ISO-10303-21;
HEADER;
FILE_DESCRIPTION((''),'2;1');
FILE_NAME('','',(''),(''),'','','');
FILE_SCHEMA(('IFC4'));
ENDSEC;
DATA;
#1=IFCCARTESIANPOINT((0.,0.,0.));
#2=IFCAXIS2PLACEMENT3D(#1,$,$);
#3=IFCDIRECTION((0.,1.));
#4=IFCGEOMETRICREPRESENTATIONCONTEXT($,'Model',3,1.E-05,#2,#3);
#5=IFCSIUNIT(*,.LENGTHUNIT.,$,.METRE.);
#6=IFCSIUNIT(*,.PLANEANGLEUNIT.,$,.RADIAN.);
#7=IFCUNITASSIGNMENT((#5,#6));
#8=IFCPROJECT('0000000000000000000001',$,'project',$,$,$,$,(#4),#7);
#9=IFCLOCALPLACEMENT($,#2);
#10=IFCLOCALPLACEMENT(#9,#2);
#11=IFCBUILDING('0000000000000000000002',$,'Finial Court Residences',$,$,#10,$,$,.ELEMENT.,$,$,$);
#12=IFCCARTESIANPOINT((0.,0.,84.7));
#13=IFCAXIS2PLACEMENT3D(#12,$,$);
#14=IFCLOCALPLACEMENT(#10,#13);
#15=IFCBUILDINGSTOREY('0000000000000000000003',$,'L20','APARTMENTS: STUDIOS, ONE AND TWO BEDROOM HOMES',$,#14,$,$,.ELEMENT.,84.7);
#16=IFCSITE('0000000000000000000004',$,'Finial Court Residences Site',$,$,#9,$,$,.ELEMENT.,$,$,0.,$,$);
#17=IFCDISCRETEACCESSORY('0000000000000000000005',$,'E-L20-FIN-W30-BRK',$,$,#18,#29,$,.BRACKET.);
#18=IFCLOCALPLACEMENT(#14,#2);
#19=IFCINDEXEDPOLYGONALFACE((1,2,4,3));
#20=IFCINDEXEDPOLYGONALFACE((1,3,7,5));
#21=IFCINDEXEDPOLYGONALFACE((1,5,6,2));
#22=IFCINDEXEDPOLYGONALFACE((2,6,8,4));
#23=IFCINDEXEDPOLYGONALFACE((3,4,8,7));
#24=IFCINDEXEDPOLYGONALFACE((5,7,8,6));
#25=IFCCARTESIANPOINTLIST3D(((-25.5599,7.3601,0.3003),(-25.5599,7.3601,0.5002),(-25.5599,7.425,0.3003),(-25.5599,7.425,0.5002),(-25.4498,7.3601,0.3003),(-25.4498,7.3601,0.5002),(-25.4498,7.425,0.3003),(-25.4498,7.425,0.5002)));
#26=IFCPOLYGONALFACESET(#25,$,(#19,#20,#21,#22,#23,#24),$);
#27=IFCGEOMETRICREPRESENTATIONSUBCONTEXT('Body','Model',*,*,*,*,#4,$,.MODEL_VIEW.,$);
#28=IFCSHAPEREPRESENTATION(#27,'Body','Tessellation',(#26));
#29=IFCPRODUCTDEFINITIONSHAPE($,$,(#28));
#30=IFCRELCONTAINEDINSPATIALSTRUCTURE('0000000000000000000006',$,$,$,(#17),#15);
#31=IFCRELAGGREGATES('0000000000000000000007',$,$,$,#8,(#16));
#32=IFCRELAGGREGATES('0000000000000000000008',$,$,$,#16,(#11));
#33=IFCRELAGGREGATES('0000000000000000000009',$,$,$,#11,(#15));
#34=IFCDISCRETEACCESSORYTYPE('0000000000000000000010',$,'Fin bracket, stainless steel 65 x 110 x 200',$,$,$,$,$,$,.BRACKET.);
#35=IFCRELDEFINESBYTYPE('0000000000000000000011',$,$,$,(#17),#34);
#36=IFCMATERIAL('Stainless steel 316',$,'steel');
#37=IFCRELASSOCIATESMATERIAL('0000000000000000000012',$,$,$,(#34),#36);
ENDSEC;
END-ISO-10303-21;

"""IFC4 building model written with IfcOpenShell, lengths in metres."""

from ifc_helpers import new_model, si_unit, direction, frame, origin, origin_2d, place, context, subcontext, project, spatial, rectangle, extrude, material, type_object, element, save


model = new_model("IFC4")

# Units and contexts
model_context = context("Model", 3, precision=1e-05, world=origin(), true_north=direction((0.0, 1.0)))
body_context = subcontext(model_context, "Body", "Model", "MODEL_VIEW")
ifc_project = project(units=[si_unit("LENGTHUNIT", "METRE"), si_unit("PLANEANGLEUNIT", "RADIAN")], contexts=[model_context])

# Site, building, storey
site_placement = place(None, origin())
site = spatial("IfcSite", under=ifc_project, at=site_placement, Name="Finial Court Residences Site", CompositionType="ELEMENT", RefElevation=0.0)
building_placement = place(site_placement, origin())
building = spatial("IfcBuilding", under=site, at=building_placement, Name="Finial Court Residences", CompositionType="ELEMENT")
storey_placement = place(building_placement, frame((0.0, 0.0, 84.7)))
storey = spatial("IfcBuildingStorey", under=building, at=storey_placement, Name="L20", Description="APARTMENTS: STUDIOS, ONE AND TWO BEDROOM HOMES", CompositionType="ELEMENT", Elevation=84.7)

# Discrete accessory
ifc_material_1 = material(Name="Stainless steel 316", Category="steel")
discrete_accessory_type = type_object("IfcDiscreteAccessoryType", Name="Fin bracket, stainless steel 65 x 110 x 200", PredefinedType="BRACKET", material=ifc_material_1)
discrete_accessory_placement = place(storey_placement, frame((-25.5049, 7.3926, 0.3003), z_axis=(0.0, 0.0, 1.0), x_axis=(1.0, 0.0, 0.0)))
element("IfcDiscreteAccessory", 1, at=discrete_accessory_placement, inside=storey, type_object=discrete_accessory_type, Name="E-L20-FIN-W30-BRK", PredefinedType="BRACKET", context=body_context, shape_type="SweptSolid", body=[
    extrude(rectangle(XDim=0.1101, YDim=0.0649, at=origin_2d()), origin(), (0.0, 0.0, 1.0), 0.2),
])

save(model, "model.ifc")
